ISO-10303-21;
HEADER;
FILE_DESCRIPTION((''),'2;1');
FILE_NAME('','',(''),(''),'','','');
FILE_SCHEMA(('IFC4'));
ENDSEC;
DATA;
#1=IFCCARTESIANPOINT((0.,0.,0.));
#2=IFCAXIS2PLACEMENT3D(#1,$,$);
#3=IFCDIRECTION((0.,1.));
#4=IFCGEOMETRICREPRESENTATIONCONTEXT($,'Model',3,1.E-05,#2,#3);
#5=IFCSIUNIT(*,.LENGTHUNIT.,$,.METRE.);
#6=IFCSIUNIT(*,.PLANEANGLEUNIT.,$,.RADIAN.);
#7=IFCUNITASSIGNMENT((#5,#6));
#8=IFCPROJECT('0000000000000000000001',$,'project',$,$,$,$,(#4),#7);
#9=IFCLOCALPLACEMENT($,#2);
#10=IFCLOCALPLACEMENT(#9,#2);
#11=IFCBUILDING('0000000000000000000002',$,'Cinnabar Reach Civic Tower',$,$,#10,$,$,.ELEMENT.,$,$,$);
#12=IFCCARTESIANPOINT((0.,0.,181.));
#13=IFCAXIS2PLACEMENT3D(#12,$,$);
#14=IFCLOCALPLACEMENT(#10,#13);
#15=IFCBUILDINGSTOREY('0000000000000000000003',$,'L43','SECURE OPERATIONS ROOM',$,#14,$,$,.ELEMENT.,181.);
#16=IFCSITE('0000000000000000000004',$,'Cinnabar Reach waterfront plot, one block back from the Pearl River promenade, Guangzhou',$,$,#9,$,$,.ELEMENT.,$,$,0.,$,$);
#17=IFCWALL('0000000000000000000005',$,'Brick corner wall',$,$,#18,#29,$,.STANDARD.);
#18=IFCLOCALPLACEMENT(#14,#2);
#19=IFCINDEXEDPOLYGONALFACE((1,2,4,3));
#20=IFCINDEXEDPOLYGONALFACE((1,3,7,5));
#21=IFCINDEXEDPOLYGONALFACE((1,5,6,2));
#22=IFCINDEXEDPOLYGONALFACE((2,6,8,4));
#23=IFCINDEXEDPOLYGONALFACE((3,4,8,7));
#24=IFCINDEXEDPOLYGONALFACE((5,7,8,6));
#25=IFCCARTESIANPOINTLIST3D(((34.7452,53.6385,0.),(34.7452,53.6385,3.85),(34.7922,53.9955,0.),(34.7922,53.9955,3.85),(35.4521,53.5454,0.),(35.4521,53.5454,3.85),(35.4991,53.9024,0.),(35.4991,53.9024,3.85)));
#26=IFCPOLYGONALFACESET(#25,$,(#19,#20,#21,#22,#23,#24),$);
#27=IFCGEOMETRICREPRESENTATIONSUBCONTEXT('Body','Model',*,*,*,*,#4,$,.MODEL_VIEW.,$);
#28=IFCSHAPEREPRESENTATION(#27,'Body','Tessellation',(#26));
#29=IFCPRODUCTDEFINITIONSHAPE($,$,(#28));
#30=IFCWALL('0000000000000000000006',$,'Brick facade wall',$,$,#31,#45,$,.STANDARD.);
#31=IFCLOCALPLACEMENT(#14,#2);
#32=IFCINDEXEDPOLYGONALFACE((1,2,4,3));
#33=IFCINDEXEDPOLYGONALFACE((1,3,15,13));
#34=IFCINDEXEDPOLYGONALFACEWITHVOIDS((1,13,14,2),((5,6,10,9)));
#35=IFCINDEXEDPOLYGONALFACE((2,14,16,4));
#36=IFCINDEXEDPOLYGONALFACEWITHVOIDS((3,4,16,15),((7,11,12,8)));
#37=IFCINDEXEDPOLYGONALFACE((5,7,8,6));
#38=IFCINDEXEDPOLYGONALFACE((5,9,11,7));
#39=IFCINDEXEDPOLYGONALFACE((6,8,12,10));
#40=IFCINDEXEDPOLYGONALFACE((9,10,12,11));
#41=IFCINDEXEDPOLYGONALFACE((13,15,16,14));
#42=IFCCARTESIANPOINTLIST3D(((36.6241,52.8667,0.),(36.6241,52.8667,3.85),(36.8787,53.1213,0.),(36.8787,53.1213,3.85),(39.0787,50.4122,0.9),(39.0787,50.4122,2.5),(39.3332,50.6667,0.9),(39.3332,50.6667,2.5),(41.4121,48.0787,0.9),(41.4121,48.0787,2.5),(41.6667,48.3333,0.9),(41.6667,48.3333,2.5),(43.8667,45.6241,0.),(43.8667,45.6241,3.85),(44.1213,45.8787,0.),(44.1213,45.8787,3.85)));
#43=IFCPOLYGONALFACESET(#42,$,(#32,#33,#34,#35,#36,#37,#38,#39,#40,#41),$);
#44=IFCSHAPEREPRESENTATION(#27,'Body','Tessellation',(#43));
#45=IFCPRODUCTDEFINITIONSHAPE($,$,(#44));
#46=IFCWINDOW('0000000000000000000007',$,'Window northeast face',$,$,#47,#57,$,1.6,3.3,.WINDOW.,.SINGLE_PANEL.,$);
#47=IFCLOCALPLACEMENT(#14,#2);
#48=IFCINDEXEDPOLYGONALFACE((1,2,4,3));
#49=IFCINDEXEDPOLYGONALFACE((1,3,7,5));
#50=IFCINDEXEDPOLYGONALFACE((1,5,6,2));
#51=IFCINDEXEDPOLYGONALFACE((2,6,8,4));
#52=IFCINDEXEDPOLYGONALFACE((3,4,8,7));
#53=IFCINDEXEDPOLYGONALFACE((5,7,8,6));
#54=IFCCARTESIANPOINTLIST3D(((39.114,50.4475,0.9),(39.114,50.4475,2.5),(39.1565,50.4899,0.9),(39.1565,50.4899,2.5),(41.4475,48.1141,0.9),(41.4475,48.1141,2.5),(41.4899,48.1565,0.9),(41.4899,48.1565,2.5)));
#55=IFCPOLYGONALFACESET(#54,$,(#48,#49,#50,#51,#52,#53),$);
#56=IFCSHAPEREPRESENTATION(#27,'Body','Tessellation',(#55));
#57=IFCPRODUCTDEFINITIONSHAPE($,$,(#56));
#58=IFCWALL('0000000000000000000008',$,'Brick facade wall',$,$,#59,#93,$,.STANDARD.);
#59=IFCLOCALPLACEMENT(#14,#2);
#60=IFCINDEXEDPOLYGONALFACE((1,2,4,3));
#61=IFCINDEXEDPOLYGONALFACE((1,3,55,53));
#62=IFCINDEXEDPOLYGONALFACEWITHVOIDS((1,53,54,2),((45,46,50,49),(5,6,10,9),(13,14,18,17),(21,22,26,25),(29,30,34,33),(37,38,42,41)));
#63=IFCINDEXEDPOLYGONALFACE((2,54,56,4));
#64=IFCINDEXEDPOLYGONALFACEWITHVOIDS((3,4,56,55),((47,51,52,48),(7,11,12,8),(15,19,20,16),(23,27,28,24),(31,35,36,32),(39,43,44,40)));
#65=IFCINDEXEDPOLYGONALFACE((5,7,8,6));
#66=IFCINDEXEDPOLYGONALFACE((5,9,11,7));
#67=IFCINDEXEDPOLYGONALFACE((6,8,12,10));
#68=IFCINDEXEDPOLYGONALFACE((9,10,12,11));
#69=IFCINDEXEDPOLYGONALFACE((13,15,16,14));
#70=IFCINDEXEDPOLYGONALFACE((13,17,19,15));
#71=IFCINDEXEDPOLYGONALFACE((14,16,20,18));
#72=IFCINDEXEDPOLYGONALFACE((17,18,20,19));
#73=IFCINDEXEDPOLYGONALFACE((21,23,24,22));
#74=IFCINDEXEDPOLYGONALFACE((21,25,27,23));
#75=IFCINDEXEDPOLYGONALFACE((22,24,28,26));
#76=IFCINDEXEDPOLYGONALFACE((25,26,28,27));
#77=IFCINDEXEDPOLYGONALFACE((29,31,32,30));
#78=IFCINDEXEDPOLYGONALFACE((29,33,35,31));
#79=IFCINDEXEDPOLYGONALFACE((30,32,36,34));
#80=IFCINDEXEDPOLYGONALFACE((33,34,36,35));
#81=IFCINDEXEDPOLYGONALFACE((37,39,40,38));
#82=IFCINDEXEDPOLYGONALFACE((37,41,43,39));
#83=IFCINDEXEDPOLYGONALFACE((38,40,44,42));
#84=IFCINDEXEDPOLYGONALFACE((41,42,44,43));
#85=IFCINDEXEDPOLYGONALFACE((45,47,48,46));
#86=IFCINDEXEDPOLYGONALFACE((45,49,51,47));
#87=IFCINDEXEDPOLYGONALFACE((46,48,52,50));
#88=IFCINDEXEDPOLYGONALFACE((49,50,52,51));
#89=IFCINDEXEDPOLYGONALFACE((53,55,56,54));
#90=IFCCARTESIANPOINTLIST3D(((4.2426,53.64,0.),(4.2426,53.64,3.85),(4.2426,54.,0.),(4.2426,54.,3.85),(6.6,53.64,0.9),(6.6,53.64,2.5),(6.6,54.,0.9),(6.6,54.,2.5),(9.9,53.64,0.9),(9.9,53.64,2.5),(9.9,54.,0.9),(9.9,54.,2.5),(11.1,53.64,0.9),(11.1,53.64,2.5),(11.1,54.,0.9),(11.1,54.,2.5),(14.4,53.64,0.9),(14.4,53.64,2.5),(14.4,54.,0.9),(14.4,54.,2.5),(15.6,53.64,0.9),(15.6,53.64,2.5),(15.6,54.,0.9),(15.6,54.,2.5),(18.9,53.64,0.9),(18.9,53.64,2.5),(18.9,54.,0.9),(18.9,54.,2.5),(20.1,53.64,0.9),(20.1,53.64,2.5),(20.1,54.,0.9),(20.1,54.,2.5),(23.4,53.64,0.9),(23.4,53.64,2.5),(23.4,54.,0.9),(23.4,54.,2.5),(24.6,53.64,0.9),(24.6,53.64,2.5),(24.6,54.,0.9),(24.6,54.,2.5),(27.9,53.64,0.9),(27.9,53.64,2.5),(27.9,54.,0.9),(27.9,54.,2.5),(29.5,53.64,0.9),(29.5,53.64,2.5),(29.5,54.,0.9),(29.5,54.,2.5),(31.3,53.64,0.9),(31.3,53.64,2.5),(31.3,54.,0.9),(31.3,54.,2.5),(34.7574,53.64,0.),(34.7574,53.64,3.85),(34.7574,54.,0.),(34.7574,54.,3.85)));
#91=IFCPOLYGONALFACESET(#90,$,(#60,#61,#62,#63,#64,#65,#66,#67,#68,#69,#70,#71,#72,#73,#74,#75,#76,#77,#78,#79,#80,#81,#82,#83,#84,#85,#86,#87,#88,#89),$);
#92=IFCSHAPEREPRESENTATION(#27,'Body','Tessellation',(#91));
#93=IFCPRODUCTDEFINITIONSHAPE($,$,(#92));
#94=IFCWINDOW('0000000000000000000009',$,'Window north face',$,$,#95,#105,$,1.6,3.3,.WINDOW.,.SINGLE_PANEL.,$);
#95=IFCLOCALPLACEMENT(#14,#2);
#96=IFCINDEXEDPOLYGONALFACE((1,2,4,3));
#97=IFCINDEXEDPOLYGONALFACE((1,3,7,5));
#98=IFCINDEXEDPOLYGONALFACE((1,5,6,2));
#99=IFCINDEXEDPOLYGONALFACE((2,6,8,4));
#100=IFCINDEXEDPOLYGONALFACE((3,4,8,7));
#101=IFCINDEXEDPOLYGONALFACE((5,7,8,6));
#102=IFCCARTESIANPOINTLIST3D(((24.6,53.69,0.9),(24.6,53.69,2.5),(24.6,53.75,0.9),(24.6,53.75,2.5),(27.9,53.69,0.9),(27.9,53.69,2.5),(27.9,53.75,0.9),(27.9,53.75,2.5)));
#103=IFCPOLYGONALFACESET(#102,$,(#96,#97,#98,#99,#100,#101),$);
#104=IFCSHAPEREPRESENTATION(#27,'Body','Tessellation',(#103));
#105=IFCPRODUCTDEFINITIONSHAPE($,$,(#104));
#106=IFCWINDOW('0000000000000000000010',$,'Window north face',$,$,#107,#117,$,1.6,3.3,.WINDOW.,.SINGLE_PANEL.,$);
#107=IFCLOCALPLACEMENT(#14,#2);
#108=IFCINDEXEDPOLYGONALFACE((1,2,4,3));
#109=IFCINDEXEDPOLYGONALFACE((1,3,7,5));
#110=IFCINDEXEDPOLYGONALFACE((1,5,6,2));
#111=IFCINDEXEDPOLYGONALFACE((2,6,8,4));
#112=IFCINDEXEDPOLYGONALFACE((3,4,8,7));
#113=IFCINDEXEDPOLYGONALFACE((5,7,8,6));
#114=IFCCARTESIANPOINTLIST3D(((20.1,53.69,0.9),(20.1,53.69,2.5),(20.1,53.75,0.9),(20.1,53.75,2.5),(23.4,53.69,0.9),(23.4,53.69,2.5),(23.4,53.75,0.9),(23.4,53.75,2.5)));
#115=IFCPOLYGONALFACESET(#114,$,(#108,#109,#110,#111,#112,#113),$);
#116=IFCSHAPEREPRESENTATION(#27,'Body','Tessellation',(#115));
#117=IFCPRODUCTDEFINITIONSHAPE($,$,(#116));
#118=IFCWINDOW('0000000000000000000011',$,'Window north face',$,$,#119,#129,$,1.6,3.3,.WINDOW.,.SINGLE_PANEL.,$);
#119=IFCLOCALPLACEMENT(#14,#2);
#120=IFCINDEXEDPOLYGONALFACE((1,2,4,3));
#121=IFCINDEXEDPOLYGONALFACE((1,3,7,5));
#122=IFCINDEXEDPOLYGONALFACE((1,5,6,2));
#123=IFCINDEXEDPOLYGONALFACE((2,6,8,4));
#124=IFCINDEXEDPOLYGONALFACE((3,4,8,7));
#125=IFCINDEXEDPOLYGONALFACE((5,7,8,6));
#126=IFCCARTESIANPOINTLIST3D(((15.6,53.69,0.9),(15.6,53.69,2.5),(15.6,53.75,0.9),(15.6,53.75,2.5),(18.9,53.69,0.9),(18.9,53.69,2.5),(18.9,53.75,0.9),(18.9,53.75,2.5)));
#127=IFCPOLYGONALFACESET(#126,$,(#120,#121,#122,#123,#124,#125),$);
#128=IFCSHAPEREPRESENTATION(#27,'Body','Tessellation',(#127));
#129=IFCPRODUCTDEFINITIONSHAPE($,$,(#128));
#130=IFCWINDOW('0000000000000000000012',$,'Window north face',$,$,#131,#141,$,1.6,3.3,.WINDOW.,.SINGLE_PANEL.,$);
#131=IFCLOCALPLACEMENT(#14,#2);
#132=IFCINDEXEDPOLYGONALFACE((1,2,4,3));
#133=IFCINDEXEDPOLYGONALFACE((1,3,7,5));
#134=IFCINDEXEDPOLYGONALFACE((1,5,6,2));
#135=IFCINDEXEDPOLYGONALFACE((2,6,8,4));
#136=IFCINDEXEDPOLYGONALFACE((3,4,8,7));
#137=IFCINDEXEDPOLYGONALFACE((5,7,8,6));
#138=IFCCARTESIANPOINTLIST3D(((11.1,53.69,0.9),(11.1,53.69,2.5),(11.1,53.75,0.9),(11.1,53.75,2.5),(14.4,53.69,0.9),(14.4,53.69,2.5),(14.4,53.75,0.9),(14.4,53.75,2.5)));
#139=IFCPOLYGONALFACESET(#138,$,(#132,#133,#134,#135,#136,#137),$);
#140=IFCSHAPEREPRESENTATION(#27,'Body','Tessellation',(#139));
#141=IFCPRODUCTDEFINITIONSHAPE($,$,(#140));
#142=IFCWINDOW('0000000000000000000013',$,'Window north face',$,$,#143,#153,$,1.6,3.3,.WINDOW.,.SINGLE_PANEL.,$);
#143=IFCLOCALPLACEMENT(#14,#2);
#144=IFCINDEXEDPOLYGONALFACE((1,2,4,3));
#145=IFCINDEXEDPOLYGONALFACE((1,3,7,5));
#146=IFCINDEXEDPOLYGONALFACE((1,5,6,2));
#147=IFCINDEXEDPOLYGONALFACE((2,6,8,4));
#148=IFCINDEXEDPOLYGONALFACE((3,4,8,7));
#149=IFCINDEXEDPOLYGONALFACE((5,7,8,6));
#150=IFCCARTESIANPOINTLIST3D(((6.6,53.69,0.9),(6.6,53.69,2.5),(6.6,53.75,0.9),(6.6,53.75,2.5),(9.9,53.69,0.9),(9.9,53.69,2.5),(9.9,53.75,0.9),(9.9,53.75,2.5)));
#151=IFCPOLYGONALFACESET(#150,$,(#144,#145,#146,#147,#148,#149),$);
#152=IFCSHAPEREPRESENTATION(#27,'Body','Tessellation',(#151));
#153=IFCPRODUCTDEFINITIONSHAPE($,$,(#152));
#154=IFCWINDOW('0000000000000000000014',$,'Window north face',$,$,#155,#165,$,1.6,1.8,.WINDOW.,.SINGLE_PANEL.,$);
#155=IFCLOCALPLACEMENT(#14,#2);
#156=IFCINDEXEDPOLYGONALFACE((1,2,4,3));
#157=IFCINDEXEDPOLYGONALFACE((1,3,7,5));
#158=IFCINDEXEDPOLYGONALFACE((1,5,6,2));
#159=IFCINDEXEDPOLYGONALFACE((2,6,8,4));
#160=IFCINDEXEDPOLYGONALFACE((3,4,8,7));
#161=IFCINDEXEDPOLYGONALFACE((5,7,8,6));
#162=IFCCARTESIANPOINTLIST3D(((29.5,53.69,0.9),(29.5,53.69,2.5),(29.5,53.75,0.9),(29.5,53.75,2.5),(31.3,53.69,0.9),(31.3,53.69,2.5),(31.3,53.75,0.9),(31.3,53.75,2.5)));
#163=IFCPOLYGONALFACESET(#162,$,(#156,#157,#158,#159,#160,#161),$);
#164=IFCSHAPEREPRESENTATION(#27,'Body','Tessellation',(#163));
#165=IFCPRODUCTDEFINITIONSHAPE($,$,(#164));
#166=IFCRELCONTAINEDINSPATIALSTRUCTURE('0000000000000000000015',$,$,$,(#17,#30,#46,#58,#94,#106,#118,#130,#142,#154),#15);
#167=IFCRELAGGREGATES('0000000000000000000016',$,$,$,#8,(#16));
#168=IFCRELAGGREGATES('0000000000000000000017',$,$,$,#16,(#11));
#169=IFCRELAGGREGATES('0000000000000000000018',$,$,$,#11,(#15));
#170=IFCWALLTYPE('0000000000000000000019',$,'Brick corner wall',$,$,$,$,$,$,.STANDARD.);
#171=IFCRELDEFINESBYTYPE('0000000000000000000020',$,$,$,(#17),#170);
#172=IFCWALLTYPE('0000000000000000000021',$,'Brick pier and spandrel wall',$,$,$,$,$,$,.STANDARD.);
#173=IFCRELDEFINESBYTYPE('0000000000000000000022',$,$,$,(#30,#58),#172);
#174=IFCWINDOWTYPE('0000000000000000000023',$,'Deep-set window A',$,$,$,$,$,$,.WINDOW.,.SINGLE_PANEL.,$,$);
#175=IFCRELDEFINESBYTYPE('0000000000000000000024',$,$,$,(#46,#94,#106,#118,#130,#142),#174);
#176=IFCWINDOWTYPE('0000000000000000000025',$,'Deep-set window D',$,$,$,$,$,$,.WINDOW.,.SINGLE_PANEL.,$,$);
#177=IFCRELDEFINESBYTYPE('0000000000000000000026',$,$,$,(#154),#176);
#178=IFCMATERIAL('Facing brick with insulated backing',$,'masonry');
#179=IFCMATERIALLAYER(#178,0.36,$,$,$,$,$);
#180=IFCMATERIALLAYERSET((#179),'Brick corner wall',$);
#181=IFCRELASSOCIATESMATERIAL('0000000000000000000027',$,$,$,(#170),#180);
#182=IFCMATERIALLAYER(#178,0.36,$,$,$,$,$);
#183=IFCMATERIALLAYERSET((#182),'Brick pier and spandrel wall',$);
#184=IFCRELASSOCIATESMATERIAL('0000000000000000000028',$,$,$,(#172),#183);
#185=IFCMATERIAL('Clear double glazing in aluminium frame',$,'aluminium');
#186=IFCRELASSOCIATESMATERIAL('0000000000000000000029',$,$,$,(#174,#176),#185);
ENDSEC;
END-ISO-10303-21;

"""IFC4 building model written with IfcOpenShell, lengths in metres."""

from ifc_helpers import new_model, si_unit, direction, frame, frame_2d, origin, place, context, subcontext, project, spatial, rectangle, extrude, material, layer, layer_set, type_object, element, fill, save


model = new_model("IFC4")

# Units and contexts
model_context = context("Model", 3, precision=1e-05, world=origin(), true_north=direction((0.0, 1.0)))
body_context = subcontext(model_context, "Body", "Model", "MODEL_VIEW")
ifc_project = project(units=[si_unit("LENGTHUNIT", "METRE"), si_unit("PLANEANGLEUNIT", "RADIAN")], contexts=[model_context])

# Site, building, storey
site_placement = place(None, origin())
site = spatial("IfcSite", under=ifc_project, at=site_placement, Name="Cinnabar Reach waterfront plot, one block back from the Pearl River promenade, Guangzhou", CompositionType="ELEMENT", RefElevation=0.0)
building_placement = place(site_placement, origin())
building = spatial("IfcBuilding", under=site, at=building_placement, Name="Cinnabar Reach Civic Tower", CompositionType="ELEMENT")
storey_placement = place(building_placement, frame((0.0, 0.0, 181.0)))
storey = spatial("IfcBuildingStorey", under=building, at=storey_placement, Name="L43", Description="SECURE OPERATIONS ROOM", CompositionType="ELEMENT", Elevation=181.0)

# Wall
ifc_material_1 = material(Name="Facing brick with insulated backing", Category="masonry")
ifc_layer_1 = layer(ifc_material_1, 0.36)
ifc_layer_set_1 = layer_set([ifc_layer_1], Name="Brick corner wall")
wall_type_1 = type_object("IfcWallType", Name="Brick corner wall", PredefinedType="STANDARD", material=ifc_layer_set_1)
for number, where, z_axis, x_axis, name in (
    (1, (35.4756, 53.7239, 0.0), (0.0, 0.0, 1.0), (-0.991441, 0.130556, 0.0), "Brick corner wall"),
):
    element("IfcWall", number, at=place(storey_placement, frame(where, z_axis=z_axis, x_axis=x_axis)), inside=storey, type_object=wall_type_1, Name=name, PredefinedType="STANDARD", context=body_context, shape_type="SweptSolid", body=[
        extrude(rectangle(XDim=0.7131, YDim=0.36, at=frame_2d((0.3565, 0.0))), origin(), (0.0, 0.0, 1.0), 3.85),
    ])

# Wall, opening, window
ifc_layer_2 = layer(ifc_material_1, 0.36)
ifc_layer_set_2 = layer_set([ifc_layer_2], Name="Brick pier and spandrel wall")
wall_type_2 = type_object("IfcWallType", Name="Brick pier and spandrel wall", PredefinedType="STANDARD", material=ifc_layer_set_2)
wall_1_placement = place(storey_placement, frame((43.994, 45.7514, 0.0), z_axis=(0.0, 0.0, 1.0), x_axis=(-0.707107, 0.707107, 0.0)))
wall_1 = element("IfcWall", 2, at=wall_1_placement, inside=storey, type_object=wall_type_2, Name="Brick facade wall", PredefinedType="STANDARD", context=body_context, shape_type="SweptSolid", body=[
    extrude(rectangle(XDim=10.2426, YDim=0.36, at=frame_2d((5.1213, 0.0))), origin(), (0.0, 0.0, 1.0), 3.85),
])
opening_1_placement = place(wall_1_placement, frame((3.4713, 0.0, 0.9)))
opening_1 = element("IfcOpeningElement", 3, at=opening_1_placement, cuts=wall_1, PredefinedType="OPENING", context=body_context, shape_type="SweptSolid", body=[
    extrude(rectangle(XDim=3.3, YDim=1.6, at=frame_2d((1.65, 0.8))), frame((0.0, 0.19, 0.0), z_axis=(0.0, -1.0, 0.0), x_axis=(1.0, 0.0, 0.0)), (0.0, 0.0, 1.0), 0.38),
])
ifc_material_2 = material(Name="Clear double glazing in aluminium frame", Category="aluminium")
window_type_1 = type_object("IfcWindowType", Name="Deep-set window A", PartitioningType="SINGLE_PANEL", PredefinedType="WINDOW", material=ifc_material_2)
window_1_placement = place(opening_1_placement, origin())
window_1 = element("IfcWindow", 4, at=window_1_placement, inside=storey, type_object=window_type_1, Name="Window northeast face", OverallHeight=1.6, OverallWidth=3.3, PartitioningType="SINGLE_PANEL", PredefinedType="WINDOW", context=body_context, shape_type="SweptSolid", body=[
    extrude(rectangle(XDim=3.3, YDim=1.6, at=frame_2d((1.65, 0.8))), frame((0.0, 0.13, 0.0), z_axis=(0.0, -1.0, 0.0), x_axis=(1.0, 0.0, 0.0)), (0.0, 0.0, 1.0), 0.06),
])
fill(opening_1, window_1)

# Wall, openings, windows
wall_2_placement = place(storey_placement, frame((34.7574, 53.82, 0.0), z_axis=(0.0, 0.0, 1.0), x_axis=(-1.0, 0.0, 0.0)))
wall_2 = element("IfcWall", 5, at=wall_2_placement, inside=storey, type_object=wall_type_2, Name="Brick facade wall", PredefinedType="STANDARD", context=body_context, shape_type="SweptSolid", body=[
    extrude(rectangle(XDim=30.5148, YDim=0.36, at=frame_2d((15.2574, 0.0))), origin(), (0.0, 0.0, 1.0), 3.85),
])
opening_2_placement = place(wall_2_placement, frame((3.4574, 0.0, 0.9)))
opening_2 = element("IfcOpeningElement", 6, at=opening_2_placement, cuts=wall_2, PredefinedType="OPENING", context=body_context, shape_type="SweptSolid", body=[
    extrude(rectangle(XDim=1.8, YDim=1.6, at=frame_2d((0.9, 0.8))), frame((0.0, 0.19, 0.0), z_axis=(0.0, -1.0, 0.0), x_axis=(1.0, 0.0, 0.0)), (0.0, 0.0, 1.0), 0.38),
])
opening_3_placement = place(wall_2_placement, frame((6.8574, 0.0, 0.9)))
opening_3 = element("IfcOpeningElement", 7, at=opening_3_placement, cuts=wall_2, PredefinedType="OPENING", context=body_context, shape_type="SweptSolid", body=[
    extrude(rectangle(XDim=3.3, YDim=1.6, at=frame_2d((1.65, 0.8))), frame((0.0, 0.19, 0.0), z_axis=(0.0, -1.0, 0.0), x_axis=(1.0, 0.0, 0.0)), (0.0, 0.0, 1.0), 0.38),
])
opening_4_placement = place(wall_2_placement, frame((11.3574, 0.0, 0.9)))
opening_4 = element("IfcOpeningElement", 8, at=opening_4_placement, cuts=wall_2, PredefinedType="OPENING", context=body_context, shape_type="SweptSolid", body=[
    extrude(rectangle(XDim=3.3, YDim=1.6, at=frame_2d((1.65, 0.8))), frame((0.0, 0.19, 0.0), z_axis=(0.0, -1.0, 0.0), x_axis=(1.0, 0.0, 0.0)), (0.0, 0.0, 1.0), 0.38),
])
opening_5_placement = place(wall_2_placement, frame((15.8574, 0.0, 0.9)))
opening_5 = element("IfcOpeningElement", 9, at=opening_5_placement, cuts=wall_2, PredefinedType="OPENING", context=body_context, shape_type="SweptSolid", body=[
    extrude(rectangle(XDim=3.3, YDim=1.6, at=frame_2d((1.65, 0.8))), frame((0.0, 0.19, 0.0), z_axis=(0.0, -1.0, 0.0), x_axis=(1.0, 0.0, 0.0)), (0.0, 0.0, 1.0), 0.38),
])
opening_6_placement = place(wall_2_placement, frame((20.3574, 0.0, 0.9)))
opening_6 = element("IfcOpeningElement", 10, at=opening_6_placement, cuts=wall_2, PredefinedType="OPENING", context=body_context, shape_type="SweptSolid", body=[
    extrude(rectangle(XDim=3.3, YDim=1.6, at=frame_2d((1.65, 0.8))), frame((0.0, 0.19, 0.0), z_axis=(0.0, -1.0, 0.0), x_axis=(1.0, 0.0, 0.0)), (0.0, 0.0, 1.0), 0.38),
])
opening_7_placement = place(wall_2_placement, frame((24.8574, 0.0, 0.9)))
opening_7 = element("IfcOpeningElement", 11, at=opening_7_placement, cuts=wall_2, PredefinedType="OPENING", context=body_context, shape_type="SweptSolid", body=[
    extrude(rectangle(XDim=3.3, YDim=1.6, at=frame_2d((1.65, 0.8))), frame((0.0, 0.19, 0.0), z_axis=(0.0, -1.0, 0.0), x_axis=(1.0, 0.0, 0.0)), (0.0, 0.0, 1.0), 0.38),
])
window_2_placement = place(opening_3_placement, origin())
window_2 = element("IfcWindow", 12, at=window_2_placement, inside=storey, type_object=window_type_1, Name="Window north face", OverallHeight=1.6, OverallWidth=3.3, PartitioningType="SINGLE_PANEL", PredefinedType="WINDOW", context=body_context, shape_type="SweptSolid", body=[
    extrude(rectangle(XDim=3.3, YDim=1.6, at=frame_2d((1.65, 0.8))), frame((0.0, 0.13, 0.0), z_axis=(0.0, -1.0, 0.0), x_axis=(1.0, 0.0, 0.0)), (0.0, 0.0, 1.0), 0.06),
])
fill(opening_3, window_2)
window_3_placement = place(opening_4_placement, origin())
window_3 = element("IfcWindow", 13, at=window_3_placement, inside=storey, type_object=window_type_1, Name="Window north face", OverallHeight=1.6, OverallWidth=3.3, PartitioningType="SINGLE_PANEL", PredefinedType="WINDOW", context=body_context, shape_type="SweptSolid", body=[
    extrude(rectangle(XDim=3.3, YDim=1.6, at=frame_2d((1.65, 0.8))), frame((0.0, 0.13, 0.0), z_axis=(0.0, -1.0, 0.0), x_axis=(1.0, 0.0, 0.0)), (0.0, 0.0, 1.0), 0.06),
])
fill(opening_4, window_3)
window_4_placement = place(opening_5_placement, origin())
window_4 = element("IfcWindow", 14, at=window_4_placement, inside=storey, type_object=window_type_1, Name="Window north face", OverallHeight=1.6, OverallWidth=3.3, PartitioningType="SINGLE_PANEL", PredefinedType="WINDOW", context=body_context, shape_type="SweptSolid", body=[
    extrude(rectangle(XDim=3.3, YDim=1.6, at=frame_2d((1.65, 0.8))), frame((0.0, 0.13, 0.0), z_axis=(0.0, -1.0, 0.0), x_axis=(1.0, 0.0, 0.0)), (0.0, 0.0, 1.0), 0.06),
])
fill(opening_5, window_4)
window_5_placement = place(opening_6_placement, origin())
window_5 = element("IfcWindow", 15, at=window_5_placement, inside=storey, type_object=window_type_1, Name="Window north face", OverallHeight=1.6, OverallWidth=3.3, PartitioningType="SINGLE_PANEL", PredefinedType="WINDOW", context=body_context, shape_type="SweptSolid", body=[
    extrude(rectangle(XDim=3.3, YDim=1.6, at=frame_2d((1.65, 0.8))), frame((0.0, 0.13, 0.0), z_axis=(0.0, -1.0, 0.0), x_axis=(1.0, 0.0, 0.0)), (0.0, 0.0, 1.0), 0.06),
])
fill(opening_6, window_5)
window_6_placement = place(opening_7_placement, origin())
window_6 = element("IfcWindow", 16, at=window_6_placement, inside=storey, type_object=window_type_1, Name="Window north face", OverallHeight=1.6, OverallWidth=3.3, PartitioningType="SINGLE_PANEL", PredefinedType="WINDOW", context=body_context, shape_type="SweptSolid", body=[
    extrude(rectangle(XDim=3.3, YDim=1.6, at=frame_2d((1.65, 0.8))), frame((0.0, 0.13, 0.0), z_axis=(0.0, -1.0, 0.0), x_axis=(1.0, 0.0, 0.0)), (0.0, 0.0, 1.0), 0.06),
])
fill(opening_7, window_6)
window_type_2 = type_object("IfcWindowType", Name="Deep-set window D", PartitioningType="SINGLE_PANEL", PredefinedType="WINDOW", material=ifc_material_2)
window_7_placement = place(opening_2_placement, origin())
window_7 = element("IfcWindow", 17, at=window_7_placement, inside=storey, type_object=window_type_2, Name="Window north face", OverallHeight=1.6, OverallWidth=1.8, PartitioningType="SINGLE_PANEL", PredefinedType="WINDOW", context=body_context, shape_type="SweptSolid", body=[
    extrude(rectangle(XDim=1.8, YDim=1.6, at=frame_2d((0.9, 0.8))), frame((0.0, 0.13, 0.0), z_axis=(0.0, -1.0, 0.0), x_axis=(1.0, 0.0, 0.0)), (0.0, 0.0, 1.0), 0.06),
])
fill(opening_2, window_7)

save(model, "model.ifc")
